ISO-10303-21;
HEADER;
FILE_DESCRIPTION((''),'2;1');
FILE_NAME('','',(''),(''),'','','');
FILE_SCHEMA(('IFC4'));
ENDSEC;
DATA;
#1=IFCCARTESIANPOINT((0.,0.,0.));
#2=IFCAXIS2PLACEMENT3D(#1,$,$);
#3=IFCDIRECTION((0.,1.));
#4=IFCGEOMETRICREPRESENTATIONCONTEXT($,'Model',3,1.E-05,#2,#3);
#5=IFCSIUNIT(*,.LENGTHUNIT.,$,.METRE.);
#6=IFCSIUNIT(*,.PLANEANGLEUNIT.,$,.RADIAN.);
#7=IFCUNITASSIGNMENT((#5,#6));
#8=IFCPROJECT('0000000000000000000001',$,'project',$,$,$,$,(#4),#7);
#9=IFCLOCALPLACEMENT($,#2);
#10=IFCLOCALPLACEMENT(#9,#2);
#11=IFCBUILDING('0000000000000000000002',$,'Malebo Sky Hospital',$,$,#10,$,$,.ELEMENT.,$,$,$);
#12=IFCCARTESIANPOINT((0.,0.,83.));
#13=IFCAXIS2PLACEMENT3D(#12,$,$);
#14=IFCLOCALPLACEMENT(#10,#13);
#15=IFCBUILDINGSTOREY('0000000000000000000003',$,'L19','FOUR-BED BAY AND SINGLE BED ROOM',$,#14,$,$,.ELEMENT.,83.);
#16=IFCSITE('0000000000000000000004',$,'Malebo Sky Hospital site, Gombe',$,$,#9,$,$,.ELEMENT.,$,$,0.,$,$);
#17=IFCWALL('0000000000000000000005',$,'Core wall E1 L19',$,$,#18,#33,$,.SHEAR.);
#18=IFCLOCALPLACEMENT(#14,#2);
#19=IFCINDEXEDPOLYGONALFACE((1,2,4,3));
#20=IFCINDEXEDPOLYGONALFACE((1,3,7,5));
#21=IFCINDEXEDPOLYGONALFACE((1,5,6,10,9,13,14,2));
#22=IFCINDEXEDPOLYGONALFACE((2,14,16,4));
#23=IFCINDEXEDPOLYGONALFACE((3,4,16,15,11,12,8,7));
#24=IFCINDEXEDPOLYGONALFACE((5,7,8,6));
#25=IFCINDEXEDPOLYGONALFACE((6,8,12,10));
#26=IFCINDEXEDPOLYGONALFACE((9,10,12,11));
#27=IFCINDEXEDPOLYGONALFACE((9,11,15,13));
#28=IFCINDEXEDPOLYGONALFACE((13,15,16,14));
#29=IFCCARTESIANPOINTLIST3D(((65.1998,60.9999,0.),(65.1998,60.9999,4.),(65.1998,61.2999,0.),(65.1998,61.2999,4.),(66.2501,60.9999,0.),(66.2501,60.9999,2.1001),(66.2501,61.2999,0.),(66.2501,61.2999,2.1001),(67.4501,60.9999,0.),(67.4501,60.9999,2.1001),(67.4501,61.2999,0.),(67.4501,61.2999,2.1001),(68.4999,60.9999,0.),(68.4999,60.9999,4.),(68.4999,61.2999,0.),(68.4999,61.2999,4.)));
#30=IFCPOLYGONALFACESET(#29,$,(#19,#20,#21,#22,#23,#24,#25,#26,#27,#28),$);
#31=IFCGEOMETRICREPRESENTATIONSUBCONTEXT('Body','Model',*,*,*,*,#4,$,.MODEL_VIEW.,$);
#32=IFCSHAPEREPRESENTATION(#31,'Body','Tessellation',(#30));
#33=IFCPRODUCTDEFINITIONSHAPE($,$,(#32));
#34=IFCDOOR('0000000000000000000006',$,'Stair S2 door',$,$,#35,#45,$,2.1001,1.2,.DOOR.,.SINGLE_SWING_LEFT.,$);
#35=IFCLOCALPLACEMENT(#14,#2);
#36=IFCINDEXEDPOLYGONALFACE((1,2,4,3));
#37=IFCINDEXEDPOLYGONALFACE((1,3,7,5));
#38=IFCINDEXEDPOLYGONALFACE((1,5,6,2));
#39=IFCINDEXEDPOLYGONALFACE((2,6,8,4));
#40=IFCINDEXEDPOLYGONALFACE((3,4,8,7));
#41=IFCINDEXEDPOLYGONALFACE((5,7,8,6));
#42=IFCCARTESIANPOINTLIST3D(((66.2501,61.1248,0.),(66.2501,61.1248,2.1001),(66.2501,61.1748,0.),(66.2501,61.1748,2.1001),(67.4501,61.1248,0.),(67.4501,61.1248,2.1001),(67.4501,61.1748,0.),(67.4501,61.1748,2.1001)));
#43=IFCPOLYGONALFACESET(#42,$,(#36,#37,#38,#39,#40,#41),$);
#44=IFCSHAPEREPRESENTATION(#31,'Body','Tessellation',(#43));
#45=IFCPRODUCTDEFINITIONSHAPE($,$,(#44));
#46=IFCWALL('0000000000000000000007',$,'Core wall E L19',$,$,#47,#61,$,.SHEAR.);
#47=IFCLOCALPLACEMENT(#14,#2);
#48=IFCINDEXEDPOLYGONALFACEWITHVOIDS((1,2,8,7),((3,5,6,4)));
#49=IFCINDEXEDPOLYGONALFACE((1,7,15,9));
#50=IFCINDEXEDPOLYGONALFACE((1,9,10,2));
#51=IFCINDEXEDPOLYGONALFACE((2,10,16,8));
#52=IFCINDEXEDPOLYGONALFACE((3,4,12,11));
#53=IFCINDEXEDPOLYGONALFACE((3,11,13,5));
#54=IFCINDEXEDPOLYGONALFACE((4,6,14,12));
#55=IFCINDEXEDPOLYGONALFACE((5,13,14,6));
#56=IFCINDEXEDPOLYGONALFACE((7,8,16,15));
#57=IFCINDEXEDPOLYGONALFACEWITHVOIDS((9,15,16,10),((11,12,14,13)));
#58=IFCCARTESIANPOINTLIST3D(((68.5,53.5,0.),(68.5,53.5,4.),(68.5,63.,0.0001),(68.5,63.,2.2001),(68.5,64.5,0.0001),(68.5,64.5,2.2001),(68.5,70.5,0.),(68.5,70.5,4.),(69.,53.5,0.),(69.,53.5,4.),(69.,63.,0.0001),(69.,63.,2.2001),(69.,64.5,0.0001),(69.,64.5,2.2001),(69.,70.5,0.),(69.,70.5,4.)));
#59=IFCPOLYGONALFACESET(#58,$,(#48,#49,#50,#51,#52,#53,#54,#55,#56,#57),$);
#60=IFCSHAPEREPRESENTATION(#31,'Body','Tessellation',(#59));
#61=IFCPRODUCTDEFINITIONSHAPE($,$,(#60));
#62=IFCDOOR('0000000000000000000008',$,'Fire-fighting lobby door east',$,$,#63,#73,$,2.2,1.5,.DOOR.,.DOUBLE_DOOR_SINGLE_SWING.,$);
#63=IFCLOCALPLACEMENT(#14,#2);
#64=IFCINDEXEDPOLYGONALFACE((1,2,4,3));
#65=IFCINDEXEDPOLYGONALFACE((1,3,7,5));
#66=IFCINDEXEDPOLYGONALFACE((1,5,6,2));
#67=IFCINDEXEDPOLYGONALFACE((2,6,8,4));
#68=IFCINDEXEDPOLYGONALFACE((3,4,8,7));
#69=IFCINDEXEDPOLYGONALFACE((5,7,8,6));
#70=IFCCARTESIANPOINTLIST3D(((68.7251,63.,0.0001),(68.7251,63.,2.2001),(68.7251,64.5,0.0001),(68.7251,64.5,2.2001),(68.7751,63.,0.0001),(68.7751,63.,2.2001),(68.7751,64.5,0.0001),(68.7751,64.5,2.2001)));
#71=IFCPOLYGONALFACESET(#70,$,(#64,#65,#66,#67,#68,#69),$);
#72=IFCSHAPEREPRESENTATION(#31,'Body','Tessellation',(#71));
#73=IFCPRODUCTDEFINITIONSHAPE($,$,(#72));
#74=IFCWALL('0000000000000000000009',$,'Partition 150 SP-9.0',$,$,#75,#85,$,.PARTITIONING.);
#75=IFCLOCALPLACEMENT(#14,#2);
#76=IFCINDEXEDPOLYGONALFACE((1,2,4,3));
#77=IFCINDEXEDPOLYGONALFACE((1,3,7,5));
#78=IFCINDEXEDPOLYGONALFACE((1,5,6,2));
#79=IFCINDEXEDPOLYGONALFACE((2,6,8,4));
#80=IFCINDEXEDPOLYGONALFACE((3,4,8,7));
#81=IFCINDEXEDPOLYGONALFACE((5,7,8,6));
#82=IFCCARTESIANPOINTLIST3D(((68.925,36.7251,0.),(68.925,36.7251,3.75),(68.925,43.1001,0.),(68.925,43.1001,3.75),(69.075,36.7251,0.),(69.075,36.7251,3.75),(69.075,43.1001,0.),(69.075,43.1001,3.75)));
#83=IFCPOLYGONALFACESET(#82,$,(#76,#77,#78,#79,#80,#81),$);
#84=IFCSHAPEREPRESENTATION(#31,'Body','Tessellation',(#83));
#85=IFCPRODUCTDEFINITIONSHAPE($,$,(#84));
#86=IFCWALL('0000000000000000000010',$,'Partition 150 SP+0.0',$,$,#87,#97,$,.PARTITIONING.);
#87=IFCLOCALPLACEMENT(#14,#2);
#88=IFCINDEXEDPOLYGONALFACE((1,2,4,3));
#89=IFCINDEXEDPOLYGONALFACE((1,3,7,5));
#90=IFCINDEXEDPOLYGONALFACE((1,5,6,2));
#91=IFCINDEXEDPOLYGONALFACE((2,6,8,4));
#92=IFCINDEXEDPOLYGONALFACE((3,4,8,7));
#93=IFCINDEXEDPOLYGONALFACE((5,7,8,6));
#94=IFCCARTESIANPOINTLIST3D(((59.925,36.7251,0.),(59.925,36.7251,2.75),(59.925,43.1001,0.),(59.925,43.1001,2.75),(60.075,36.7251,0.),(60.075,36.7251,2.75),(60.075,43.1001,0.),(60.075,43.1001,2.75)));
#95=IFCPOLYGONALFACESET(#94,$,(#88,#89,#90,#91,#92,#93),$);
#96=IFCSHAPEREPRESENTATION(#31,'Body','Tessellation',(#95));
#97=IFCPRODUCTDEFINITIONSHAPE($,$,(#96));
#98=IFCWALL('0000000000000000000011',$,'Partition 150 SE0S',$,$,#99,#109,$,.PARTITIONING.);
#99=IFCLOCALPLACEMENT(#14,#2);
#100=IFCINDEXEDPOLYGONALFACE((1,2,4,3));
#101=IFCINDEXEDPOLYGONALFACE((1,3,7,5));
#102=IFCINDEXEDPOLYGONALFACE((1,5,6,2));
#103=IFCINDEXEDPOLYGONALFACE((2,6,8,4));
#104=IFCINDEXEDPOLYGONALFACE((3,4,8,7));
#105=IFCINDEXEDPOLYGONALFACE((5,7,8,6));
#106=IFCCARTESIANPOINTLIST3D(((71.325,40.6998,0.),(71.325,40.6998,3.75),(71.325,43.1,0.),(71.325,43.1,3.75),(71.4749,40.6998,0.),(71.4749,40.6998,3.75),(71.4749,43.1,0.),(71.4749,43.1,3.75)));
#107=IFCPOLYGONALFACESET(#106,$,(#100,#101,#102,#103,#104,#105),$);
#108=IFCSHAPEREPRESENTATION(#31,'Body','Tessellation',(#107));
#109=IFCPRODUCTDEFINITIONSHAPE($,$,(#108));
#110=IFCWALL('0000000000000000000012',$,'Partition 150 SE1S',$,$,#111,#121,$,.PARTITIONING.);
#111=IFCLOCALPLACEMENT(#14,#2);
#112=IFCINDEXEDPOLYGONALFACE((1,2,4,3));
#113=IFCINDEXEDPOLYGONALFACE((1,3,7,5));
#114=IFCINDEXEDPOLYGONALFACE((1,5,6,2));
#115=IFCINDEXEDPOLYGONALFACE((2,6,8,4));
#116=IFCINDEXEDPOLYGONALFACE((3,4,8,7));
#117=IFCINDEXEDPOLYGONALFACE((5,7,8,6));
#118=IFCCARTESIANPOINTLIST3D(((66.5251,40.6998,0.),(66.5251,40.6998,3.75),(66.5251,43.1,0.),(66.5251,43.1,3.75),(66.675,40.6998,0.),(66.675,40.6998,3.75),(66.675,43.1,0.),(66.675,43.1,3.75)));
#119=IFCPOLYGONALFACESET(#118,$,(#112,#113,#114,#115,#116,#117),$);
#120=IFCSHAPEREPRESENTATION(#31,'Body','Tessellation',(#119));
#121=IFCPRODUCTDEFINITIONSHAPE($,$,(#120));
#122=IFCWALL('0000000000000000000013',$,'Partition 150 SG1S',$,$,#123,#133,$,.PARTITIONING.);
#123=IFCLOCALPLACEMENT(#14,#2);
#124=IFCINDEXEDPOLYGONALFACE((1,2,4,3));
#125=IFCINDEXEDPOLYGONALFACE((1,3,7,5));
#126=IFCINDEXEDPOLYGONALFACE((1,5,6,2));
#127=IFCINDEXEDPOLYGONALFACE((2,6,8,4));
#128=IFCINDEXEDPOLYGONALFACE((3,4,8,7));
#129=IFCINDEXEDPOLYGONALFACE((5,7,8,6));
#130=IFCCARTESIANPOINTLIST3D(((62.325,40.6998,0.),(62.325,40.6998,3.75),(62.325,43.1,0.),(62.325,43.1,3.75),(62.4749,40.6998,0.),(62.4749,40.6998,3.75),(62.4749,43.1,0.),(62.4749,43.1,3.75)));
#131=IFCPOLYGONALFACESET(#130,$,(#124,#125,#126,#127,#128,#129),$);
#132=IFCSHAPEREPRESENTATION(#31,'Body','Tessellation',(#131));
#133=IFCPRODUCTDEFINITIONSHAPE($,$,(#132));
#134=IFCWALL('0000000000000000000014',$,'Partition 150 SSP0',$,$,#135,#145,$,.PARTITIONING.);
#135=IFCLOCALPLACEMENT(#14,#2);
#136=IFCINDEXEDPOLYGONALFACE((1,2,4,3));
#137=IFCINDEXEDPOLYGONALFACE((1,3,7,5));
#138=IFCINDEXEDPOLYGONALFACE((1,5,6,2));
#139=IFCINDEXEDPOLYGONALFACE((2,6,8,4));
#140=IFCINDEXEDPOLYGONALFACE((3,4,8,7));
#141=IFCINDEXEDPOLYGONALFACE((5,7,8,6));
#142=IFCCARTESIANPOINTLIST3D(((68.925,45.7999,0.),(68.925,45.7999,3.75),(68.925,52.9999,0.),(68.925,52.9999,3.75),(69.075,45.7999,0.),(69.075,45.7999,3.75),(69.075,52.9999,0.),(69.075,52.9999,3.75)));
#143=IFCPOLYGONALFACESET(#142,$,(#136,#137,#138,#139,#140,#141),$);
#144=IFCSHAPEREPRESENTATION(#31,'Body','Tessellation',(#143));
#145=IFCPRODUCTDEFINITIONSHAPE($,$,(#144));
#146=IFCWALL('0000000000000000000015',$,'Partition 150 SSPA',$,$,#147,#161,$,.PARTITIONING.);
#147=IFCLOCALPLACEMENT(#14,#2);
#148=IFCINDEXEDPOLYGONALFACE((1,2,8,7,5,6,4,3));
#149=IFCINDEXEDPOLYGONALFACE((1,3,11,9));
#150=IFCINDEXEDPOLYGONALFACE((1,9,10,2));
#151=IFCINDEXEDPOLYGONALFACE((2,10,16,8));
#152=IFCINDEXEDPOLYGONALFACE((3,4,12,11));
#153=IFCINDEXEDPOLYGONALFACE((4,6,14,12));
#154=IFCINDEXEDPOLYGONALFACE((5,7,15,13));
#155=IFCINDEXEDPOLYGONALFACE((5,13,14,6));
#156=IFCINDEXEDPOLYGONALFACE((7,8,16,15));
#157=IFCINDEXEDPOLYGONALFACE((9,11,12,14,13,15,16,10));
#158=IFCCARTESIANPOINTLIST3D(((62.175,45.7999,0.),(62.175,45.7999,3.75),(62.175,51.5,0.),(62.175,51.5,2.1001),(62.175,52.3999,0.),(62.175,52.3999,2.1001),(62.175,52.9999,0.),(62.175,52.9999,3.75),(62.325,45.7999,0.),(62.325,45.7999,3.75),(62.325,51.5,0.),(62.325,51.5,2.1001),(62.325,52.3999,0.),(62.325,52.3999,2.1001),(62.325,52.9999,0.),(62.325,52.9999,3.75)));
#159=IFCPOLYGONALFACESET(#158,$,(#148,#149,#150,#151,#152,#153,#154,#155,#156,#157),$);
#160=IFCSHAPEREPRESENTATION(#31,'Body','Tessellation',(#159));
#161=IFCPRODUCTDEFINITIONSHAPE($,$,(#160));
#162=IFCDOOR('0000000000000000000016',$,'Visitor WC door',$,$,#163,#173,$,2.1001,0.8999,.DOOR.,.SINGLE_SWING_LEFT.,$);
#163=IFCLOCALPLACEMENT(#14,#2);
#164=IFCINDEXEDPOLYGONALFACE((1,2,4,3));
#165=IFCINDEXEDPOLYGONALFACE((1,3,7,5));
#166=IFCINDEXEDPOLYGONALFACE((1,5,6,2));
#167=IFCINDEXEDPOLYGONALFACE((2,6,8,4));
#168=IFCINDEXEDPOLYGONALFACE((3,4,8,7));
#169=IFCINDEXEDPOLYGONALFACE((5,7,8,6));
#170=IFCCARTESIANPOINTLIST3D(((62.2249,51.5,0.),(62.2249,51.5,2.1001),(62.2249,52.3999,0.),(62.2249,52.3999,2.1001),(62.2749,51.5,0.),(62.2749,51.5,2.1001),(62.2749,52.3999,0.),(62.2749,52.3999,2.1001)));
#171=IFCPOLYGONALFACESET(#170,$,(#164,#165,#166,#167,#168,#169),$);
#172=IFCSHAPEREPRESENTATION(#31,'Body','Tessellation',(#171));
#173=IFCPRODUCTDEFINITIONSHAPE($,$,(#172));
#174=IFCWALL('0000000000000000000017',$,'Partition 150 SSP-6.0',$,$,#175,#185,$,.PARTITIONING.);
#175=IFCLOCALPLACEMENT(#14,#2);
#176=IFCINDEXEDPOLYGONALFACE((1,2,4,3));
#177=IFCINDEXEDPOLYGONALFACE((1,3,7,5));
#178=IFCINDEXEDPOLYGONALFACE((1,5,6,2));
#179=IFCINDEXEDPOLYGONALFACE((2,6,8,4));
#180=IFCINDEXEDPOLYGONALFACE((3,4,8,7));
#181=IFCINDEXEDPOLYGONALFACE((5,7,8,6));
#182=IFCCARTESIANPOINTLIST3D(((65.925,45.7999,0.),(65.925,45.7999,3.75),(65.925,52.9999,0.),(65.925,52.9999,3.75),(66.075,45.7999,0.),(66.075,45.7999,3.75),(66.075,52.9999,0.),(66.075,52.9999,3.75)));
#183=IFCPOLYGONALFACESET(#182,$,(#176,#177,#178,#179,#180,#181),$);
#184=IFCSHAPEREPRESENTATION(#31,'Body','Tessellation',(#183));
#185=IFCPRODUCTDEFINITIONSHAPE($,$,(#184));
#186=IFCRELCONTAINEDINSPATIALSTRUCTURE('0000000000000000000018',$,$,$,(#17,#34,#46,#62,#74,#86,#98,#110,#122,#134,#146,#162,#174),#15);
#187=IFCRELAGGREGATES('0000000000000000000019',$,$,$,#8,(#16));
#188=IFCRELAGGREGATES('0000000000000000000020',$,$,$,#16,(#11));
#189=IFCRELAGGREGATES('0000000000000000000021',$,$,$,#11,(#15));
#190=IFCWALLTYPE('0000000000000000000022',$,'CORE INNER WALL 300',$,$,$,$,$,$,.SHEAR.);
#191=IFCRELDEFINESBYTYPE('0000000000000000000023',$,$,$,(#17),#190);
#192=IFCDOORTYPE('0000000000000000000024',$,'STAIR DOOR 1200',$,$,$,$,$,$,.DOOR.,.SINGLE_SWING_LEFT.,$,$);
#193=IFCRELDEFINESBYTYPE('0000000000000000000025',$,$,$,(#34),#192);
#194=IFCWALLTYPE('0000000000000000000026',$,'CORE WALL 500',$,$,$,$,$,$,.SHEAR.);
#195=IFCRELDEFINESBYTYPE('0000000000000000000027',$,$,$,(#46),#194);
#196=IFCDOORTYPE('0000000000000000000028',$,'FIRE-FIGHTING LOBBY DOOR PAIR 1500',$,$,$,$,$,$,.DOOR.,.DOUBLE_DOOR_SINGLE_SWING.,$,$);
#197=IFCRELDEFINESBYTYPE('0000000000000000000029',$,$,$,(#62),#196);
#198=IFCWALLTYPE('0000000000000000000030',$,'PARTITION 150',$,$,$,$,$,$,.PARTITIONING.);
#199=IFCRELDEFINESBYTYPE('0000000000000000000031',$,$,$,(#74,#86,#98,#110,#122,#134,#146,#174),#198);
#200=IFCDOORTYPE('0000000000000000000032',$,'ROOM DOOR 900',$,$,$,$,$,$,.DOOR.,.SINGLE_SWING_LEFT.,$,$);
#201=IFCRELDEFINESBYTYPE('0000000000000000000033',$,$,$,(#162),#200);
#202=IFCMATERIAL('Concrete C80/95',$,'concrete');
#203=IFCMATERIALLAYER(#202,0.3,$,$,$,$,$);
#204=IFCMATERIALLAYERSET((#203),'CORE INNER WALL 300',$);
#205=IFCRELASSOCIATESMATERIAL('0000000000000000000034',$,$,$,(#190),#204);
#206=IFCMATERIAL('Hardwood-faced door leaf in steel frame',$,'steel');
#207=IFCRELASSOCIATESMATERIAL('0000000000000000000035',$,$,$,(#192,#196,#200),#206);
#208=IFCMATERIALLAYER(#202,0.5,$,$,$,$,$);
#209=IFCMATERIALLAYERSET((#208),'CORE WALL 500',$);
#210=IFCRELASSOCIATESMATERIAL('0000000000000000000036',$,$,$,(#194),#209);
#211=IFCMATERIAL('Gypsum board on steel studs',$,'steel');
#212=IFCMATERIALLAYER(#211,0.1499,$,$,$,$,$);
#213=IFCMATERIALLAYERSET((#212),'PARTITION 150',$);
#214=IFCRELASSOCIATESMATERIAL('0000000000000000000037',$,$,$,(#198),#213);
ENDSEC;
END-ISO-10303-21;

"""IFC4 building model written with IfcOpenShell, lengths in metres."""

from ifc_helpers import new_model, si_unit, direction, frame, frame_2d, origin, place, context, subcontext, project, spatial, rectangle, extrude, material, layer, layer_set, type_object, element, fill, save


model = new_model("IFC4")

# Units and contexts
model_context = context("Model", 3, precision=1e-05, world=origin(), true_north=direction((0.0, 1.0)))
body_context = subcontext(model_context, "Body", "Model", "MODEL_VIEW")
ifc_project = project(units=[si_unit("LENGTHUNIT", "METRE"), si_unit("PLANEANGLEUNIT", "RADIAN")], contexts=[model_context])

# Site, building, storey
site_placement = place(None, origin())
site = spatial("IfcSite", under=ifc_project, at=site_placement, Name="Malebo Sky Hospital site, Gombe", CompositionType="ELEMENT", RefElevation=0.0)
building_placement = place(site_placement, origin())
building = spatial("IfcBuilding", under=site, at=building_placement, Name="Malebo Sky Hospital", CompositionType="ELEMENT")
storey_placement = place(building_placement, frame((0.0, 0.0, 83.0)))
storey = spatial("IfcBuildingStorey", under=building, at=storey_placement, Name="L19", Description="FOUR-BED BAY AND SINGLE BED ROOM", CompositionType="ELEMENT", Elevation=83.0)

# Shared definitions
ifc_material_1 = material(Name="Concrete C80/95", Category="concrete")

# Shared definitions
ifc_layer_1 = layer(ifc_material_1, 0.3)
ifc_layer_set_1 = layer_set([ifc_layer_1], Name="CORE INNER WALL 300")
wall_type_1 = type_object("IfcWallType", Name="CORE INNER WALL 300", PredefinedType="SHEAR", material=ifc_layer_set_1)

# Walls, openings, doors
wall_1_placement = place(storey_placement, frame((65.2, 61.1499, 0.0), z_axis=(0.0, 0.0, 1.0), x_axis=(1.0, 0.0, 0.0)))
wall_1 = element("IfcWall", 1, at=wall_1_placement, inside=storey, type_object=wall_type_1, Name="Core wall E1 L19", PredefinedType="SHEAR", context=body_context, shape_type="SweptSolid", body=[
    extrude(rectangle(XDim=3.3, YDim=0.3, at=frame_2d((1.6499, 0.0))), origin(), (0.0, 0.0, 1.0), 4.0),
])
opening_1_placement = place(wall_1_placement, frame((1.05, 0.0, 0.0)))
opening_1 = element("IfcOpeningElement", 2, at=opening_1_placement, cuts=wall_1, PredefinedType="OPENING", context=body_context, shape_type="SweptSolid", body=[
    extrude(rectangle(XDim=1.2, YDim=2.1001, at=frame_2d((0.6001, 1.05))), frame((0.0, 0.1599, 0.0), z_axis=(0.0, -1.0, 0.0), x_axis=(1.0, 0.0, 0.0)), (0.0, 0.0, 1.0), 0.3201),
])
ifc_material_2 = material(Name="Hardwood-faced door leaf in steel frame", Category="steel")
door_type_1 = type_object("IfcDoorType", Name="STAIR DOOR 1200", OperationType="SINGLE_SWING_LEFT", PredefinedType="DOOR", material=ifc_material_2)
door_1_placement = place(opening_1_placement, origin())
door_1 = element("IfcDoor", 3, at=door_1_placement, inside=storey, type_object=door_type_1, Name="Stair S2 door", OperationType="SINGLE_SWING_LEFT", OverallHeight=2.1001, OverallWidth=1.2, PredefinedType="DOOR", context=body_context, shape_type="SweptSolid", body=[
    extrude(rectangle(XDim=1.2, YDim=2.1001, at=frame_2d((0.6001, 1.05))), frame((0.0, 0.0249, 0.0), z_axis=(0.0, -1.0, 0.0), x_axis=(1.0, 0.0, 0.0)), (0.0, 0.0, 1.0), 0.05),
])
fill(opening_1, door_1)
ifc_layer_2 = layer(ifc_material_1, 0.5)
ifc_layer_set_2 = layer_set([ifc_layer_2], Name="CORE WALL 500")
wall_type_2 = type_object("IfcWallType", Name="CORE WALL 500", PredefinedType="SHEAR", material=ifc_layer_set_2)
wall_2_placement = place(storey_placement, frame((68.75, 53.5, 0.0), z_axis=(0.0, 0.0, 1.0), x_axis=(0.0, 1.0, 0.0)))
wall_2 = element("IfcWall", 4, at=wall_2_placement, inside=storey, type_object=wall_type_2, Name="Core wall E L19", PredefinedType="SHEAR", context=body_context, shape_type="SweptSolid", body=[
    extrude(rectangle(XDim=17.0, YDim=0.5, at=frame_2d((8.5, 0.0))), origin(), (0.0, 0.0, 1.0), 4.0),
])
opening_2_placement = place(wall_2_placement, frame((9.5, 0.0, 0.0)))
opening_2 = element("IfcOpeningElement", 5, at=opening_2_placement, cuts=wall_2, PredefinedType="OPENING", context=body_context, shape_type="SweptSolid", body=[
    extrude(rectangle(XDim=1.5, YDim=2.2, at=frame_2d((0.75, 1.1001))), frame((0.0, 0.26, 0.0), z_axis=(0.0, -1.0, 0.0), x_axis=(1.0, 0.0, 0.0)), (0.0, 0.0, 1.0), 0.52),
])
door_type_2 = type_object("IfcDoorType", Name="FIRE-FIGHTING LOBBY DOOR PAIR 1500", OperationType="DOUBLE_DOOR_SINGLE_SWING", PredefinedType="DOOR", material=ifc_material_2)
door_2_placement = place(opening_2_placement, origin())
door_2 = element("IfcDoor", 6, at=door_2_placement, inside=storey, type_object=door_type_2, Name="Fire-fighting lobby door east", OperationType="DOUBLE_DOOR_SINGLE_SWING", OverallHeight=2.2, OverallWidth=1.5, PredefinedType="DOOR", context=body_context, shape_type="SweptSolid", body=[
    extrude(rectangle(XDim=1.5, YDim=2.2, at=frame_2d((0.75, 1.1001))), frame((0.0, 0.0249, 0.0), z_axis=(0.0, -1.0, 0.0), x_axis=(1.0, 0.0, 0.0)), (0.0, 0.0, 1.0), 0.05),
])
fill(opening_2, door_2)

# Walls
ifc_material_3 = material(Name="Gypsum board on steel studs", Category="steel")
ifc_layer_3 = layer(ifc_material_3, 0.1499)
ifc_layer_set_3 = layer_set([ifc_layer_3], Name="PARTITION 150")
wall_type_3 = type_object("IfcWallType", Name="PARTITION 150", PredefinedType="PARTITIONING", material=ifc_layer_set_3)
wall_3_placement = place(storey_placement, frame((69.0, 43.1001, 0.0), z_axis=(0.0, 0.0, 1.0), x_axis=(0.0, -1.0, 0.0)))
element("IfcWall", 7, at=wall_3_placement, inside=storey, type_object=wall_type_3, Name="Partition 150 SP-9.0", PredefinedType="PARTITIONING", context=body_context, shape_type="SweptSolid", body=[
    extrude(rectangle(XDim=6.375, YDim=0.1499, at=frame_2d((3.1875, 0.0))), origin(), (0.0, 0.0, 1.0), 3.75),
])
wall_4_placement = place(storey_placement, frame((60.0, 43.1001, 0.0), z_axis=(0.0, 0.0, 1.0), x_axis=(0.0, -1.0, 0.0)))
element("IfcWall", 8, at=wall_4_placement, inside=storey, type_object=wall_type_3, Name="Partition 150 SP+0.0", PredefinedType="PARTITIONING", context=body_context, shape_type="SweptSolid", body=[
    extrude(rectangle(XDim=6.375, YDim=0.1499, at=frame_2d((3.1875, 0.0))), origin(), (0.0, 0.0, 1.0), 2.75),
])
for number, where, z_axis, x_axis, name in (
    (9, (71.3999, 43.1001, 0.0), (0.0, 0.0, 1.0), (0.0, -1.0, 0.0), "Partition 150 SE0S"),
    (10, (66.6001, 43.1001, 0.0), (0.0, 0.0, 1.0), (0.0, -1.0, 0.0), "Partition 150 SE1S"),
    (11, (62.3999, 43.1001, 0.0), (0.0, 0.0, 1.0), (0.0, -1.0, 0.0), "Partition 150 SG1S"),
):
    element("IfcWall", number, at=place(storey_placement, frame(where, z_axis=z_axis, x_axis=x_axis)), inside=storey, type_object=wall_type_3, Name=name, PredefinedType="PARTITIONING", context=body_context, shape_type="SweptSolid", body=[
        extrude(rectangle(XDim=2.4001, YDim=0.1499, at=frame_2d((1.2002, 0.0))), origin(), (0.0, 0.0, 1.0), 3.75),
    ])
wall_5_placement = place(storey_placement, frame((69.0, 53.0, 0.0), z_axis=(0.0, 0.0, 1.0), x_axis=(0.0, -1.0, 0.0)))
element("IfcWall", 12, at=wall_5_placement, inside=storey, type_object=wall_type_3, Name="Partition 150 SSP0", PredefinedType="PARTITIONING", context=body_context, shape_type="SweptSolid", body=[
    extrude(rectangle(XDim=7.2, YDim=0.1499, at=frame_2d((3.6001, 0.0))), origin(), (0.0, 0.0, 1.0), 3.75),
])

# Wall, opening, door
wall_6_placement = place(storey_placement, frame((62.25, 53.0, 0.0), z_axis=(0.0, 0.0, 1.0), x_axis=(0.0, -1.0, 0.0)))
wall_6 = element("IfcWall", 13, at=wall_6_placement, inside=storey, type_object=wall_type_3, Name="Partition 150 SSPA", PredefinedType="PARTITIONING", context=body_context, shape_type="SweptSolid", body=[
    extrude(rectangle(XDim=7.2, YDim=0.1499, at=frame_2d((3.6001, 0.0))), origin(), (0.0, 0.0, 1.0), 3.75),
])
opening_3_placement = place(wall_6_placement, frame((0.6001, 0.0, 0.0)))
opening_3 = element("IfcOpeningElement", 14, at=opening_3_placement, cuts=wall_6, PredefinedType="OPENING", context=body_context, shape_type="SweptSolid", body=[
    extrude(rectangle(XDim=0.8999, YDim=2.1001, at=frame_2d((0.45, 1.05))), frame((0.0, 0.085, 0.0), z_axis=(0.0, -1.0, 0.0), x_axis=(1.0, 0.0, 0.0)), (0.0, 0.0, 1.0), 0.1699),
])
door_type_3 = type_object("IfcDoorType", Name="ROOM DOOR 900", OperationType="SINGLE_SWING_LEFT", PredefinedType="DOOR", material=ifc_material_2)
door_3_placement = place(opening_3_placement, origin())
door_3 = element("IfcDoor", 15, at=door_3_placement, inside=storey, type_object=door_type_3, Name="Visitor WC door", OperationType="SINGLE_SWING_LEFT", OverallHeight=2.1001, OverallWidth=0.8999, PredefinedType="DOOR", context=body_context, shape_type="SweptSolid", body=[
    extrude(rectangle(XDim=0.8999, YDim=2.1001, at=frame_2d((0.45, 1.05))), frame((0.0, 0.0249, 0.0), z_axis=(0.0, -1.0, 0.0), x_axis=(1.0, 0.0, 0.0)), (0.0, 0.0, 1.0), 0.05),
])
fill(opening_3, door_3)

# Wall
wall_7_placement = place(storey_placement, frame((66.0, 53.0, 0.0), z_axis=(0.0, 0.0, 1.0), x_axis=(0.0, -1.0, 0.0)))
element("IfcWall", 16, at=wall_7_placement, inside=storey, type_object=wall_type_3, Name="Partition 150 SSP-6.0", PredefinedType="PARTITIONING", context=body_context, shape_type="SweptSolid", body=[
    extrude(rectangle(XDim=7.2, YDim=0.1499, at=frame_2d((3.6001, 0.0))), origin(), (0.0, 0.0, 1.0), 3.75),
])

save(model, "model.ifc")
